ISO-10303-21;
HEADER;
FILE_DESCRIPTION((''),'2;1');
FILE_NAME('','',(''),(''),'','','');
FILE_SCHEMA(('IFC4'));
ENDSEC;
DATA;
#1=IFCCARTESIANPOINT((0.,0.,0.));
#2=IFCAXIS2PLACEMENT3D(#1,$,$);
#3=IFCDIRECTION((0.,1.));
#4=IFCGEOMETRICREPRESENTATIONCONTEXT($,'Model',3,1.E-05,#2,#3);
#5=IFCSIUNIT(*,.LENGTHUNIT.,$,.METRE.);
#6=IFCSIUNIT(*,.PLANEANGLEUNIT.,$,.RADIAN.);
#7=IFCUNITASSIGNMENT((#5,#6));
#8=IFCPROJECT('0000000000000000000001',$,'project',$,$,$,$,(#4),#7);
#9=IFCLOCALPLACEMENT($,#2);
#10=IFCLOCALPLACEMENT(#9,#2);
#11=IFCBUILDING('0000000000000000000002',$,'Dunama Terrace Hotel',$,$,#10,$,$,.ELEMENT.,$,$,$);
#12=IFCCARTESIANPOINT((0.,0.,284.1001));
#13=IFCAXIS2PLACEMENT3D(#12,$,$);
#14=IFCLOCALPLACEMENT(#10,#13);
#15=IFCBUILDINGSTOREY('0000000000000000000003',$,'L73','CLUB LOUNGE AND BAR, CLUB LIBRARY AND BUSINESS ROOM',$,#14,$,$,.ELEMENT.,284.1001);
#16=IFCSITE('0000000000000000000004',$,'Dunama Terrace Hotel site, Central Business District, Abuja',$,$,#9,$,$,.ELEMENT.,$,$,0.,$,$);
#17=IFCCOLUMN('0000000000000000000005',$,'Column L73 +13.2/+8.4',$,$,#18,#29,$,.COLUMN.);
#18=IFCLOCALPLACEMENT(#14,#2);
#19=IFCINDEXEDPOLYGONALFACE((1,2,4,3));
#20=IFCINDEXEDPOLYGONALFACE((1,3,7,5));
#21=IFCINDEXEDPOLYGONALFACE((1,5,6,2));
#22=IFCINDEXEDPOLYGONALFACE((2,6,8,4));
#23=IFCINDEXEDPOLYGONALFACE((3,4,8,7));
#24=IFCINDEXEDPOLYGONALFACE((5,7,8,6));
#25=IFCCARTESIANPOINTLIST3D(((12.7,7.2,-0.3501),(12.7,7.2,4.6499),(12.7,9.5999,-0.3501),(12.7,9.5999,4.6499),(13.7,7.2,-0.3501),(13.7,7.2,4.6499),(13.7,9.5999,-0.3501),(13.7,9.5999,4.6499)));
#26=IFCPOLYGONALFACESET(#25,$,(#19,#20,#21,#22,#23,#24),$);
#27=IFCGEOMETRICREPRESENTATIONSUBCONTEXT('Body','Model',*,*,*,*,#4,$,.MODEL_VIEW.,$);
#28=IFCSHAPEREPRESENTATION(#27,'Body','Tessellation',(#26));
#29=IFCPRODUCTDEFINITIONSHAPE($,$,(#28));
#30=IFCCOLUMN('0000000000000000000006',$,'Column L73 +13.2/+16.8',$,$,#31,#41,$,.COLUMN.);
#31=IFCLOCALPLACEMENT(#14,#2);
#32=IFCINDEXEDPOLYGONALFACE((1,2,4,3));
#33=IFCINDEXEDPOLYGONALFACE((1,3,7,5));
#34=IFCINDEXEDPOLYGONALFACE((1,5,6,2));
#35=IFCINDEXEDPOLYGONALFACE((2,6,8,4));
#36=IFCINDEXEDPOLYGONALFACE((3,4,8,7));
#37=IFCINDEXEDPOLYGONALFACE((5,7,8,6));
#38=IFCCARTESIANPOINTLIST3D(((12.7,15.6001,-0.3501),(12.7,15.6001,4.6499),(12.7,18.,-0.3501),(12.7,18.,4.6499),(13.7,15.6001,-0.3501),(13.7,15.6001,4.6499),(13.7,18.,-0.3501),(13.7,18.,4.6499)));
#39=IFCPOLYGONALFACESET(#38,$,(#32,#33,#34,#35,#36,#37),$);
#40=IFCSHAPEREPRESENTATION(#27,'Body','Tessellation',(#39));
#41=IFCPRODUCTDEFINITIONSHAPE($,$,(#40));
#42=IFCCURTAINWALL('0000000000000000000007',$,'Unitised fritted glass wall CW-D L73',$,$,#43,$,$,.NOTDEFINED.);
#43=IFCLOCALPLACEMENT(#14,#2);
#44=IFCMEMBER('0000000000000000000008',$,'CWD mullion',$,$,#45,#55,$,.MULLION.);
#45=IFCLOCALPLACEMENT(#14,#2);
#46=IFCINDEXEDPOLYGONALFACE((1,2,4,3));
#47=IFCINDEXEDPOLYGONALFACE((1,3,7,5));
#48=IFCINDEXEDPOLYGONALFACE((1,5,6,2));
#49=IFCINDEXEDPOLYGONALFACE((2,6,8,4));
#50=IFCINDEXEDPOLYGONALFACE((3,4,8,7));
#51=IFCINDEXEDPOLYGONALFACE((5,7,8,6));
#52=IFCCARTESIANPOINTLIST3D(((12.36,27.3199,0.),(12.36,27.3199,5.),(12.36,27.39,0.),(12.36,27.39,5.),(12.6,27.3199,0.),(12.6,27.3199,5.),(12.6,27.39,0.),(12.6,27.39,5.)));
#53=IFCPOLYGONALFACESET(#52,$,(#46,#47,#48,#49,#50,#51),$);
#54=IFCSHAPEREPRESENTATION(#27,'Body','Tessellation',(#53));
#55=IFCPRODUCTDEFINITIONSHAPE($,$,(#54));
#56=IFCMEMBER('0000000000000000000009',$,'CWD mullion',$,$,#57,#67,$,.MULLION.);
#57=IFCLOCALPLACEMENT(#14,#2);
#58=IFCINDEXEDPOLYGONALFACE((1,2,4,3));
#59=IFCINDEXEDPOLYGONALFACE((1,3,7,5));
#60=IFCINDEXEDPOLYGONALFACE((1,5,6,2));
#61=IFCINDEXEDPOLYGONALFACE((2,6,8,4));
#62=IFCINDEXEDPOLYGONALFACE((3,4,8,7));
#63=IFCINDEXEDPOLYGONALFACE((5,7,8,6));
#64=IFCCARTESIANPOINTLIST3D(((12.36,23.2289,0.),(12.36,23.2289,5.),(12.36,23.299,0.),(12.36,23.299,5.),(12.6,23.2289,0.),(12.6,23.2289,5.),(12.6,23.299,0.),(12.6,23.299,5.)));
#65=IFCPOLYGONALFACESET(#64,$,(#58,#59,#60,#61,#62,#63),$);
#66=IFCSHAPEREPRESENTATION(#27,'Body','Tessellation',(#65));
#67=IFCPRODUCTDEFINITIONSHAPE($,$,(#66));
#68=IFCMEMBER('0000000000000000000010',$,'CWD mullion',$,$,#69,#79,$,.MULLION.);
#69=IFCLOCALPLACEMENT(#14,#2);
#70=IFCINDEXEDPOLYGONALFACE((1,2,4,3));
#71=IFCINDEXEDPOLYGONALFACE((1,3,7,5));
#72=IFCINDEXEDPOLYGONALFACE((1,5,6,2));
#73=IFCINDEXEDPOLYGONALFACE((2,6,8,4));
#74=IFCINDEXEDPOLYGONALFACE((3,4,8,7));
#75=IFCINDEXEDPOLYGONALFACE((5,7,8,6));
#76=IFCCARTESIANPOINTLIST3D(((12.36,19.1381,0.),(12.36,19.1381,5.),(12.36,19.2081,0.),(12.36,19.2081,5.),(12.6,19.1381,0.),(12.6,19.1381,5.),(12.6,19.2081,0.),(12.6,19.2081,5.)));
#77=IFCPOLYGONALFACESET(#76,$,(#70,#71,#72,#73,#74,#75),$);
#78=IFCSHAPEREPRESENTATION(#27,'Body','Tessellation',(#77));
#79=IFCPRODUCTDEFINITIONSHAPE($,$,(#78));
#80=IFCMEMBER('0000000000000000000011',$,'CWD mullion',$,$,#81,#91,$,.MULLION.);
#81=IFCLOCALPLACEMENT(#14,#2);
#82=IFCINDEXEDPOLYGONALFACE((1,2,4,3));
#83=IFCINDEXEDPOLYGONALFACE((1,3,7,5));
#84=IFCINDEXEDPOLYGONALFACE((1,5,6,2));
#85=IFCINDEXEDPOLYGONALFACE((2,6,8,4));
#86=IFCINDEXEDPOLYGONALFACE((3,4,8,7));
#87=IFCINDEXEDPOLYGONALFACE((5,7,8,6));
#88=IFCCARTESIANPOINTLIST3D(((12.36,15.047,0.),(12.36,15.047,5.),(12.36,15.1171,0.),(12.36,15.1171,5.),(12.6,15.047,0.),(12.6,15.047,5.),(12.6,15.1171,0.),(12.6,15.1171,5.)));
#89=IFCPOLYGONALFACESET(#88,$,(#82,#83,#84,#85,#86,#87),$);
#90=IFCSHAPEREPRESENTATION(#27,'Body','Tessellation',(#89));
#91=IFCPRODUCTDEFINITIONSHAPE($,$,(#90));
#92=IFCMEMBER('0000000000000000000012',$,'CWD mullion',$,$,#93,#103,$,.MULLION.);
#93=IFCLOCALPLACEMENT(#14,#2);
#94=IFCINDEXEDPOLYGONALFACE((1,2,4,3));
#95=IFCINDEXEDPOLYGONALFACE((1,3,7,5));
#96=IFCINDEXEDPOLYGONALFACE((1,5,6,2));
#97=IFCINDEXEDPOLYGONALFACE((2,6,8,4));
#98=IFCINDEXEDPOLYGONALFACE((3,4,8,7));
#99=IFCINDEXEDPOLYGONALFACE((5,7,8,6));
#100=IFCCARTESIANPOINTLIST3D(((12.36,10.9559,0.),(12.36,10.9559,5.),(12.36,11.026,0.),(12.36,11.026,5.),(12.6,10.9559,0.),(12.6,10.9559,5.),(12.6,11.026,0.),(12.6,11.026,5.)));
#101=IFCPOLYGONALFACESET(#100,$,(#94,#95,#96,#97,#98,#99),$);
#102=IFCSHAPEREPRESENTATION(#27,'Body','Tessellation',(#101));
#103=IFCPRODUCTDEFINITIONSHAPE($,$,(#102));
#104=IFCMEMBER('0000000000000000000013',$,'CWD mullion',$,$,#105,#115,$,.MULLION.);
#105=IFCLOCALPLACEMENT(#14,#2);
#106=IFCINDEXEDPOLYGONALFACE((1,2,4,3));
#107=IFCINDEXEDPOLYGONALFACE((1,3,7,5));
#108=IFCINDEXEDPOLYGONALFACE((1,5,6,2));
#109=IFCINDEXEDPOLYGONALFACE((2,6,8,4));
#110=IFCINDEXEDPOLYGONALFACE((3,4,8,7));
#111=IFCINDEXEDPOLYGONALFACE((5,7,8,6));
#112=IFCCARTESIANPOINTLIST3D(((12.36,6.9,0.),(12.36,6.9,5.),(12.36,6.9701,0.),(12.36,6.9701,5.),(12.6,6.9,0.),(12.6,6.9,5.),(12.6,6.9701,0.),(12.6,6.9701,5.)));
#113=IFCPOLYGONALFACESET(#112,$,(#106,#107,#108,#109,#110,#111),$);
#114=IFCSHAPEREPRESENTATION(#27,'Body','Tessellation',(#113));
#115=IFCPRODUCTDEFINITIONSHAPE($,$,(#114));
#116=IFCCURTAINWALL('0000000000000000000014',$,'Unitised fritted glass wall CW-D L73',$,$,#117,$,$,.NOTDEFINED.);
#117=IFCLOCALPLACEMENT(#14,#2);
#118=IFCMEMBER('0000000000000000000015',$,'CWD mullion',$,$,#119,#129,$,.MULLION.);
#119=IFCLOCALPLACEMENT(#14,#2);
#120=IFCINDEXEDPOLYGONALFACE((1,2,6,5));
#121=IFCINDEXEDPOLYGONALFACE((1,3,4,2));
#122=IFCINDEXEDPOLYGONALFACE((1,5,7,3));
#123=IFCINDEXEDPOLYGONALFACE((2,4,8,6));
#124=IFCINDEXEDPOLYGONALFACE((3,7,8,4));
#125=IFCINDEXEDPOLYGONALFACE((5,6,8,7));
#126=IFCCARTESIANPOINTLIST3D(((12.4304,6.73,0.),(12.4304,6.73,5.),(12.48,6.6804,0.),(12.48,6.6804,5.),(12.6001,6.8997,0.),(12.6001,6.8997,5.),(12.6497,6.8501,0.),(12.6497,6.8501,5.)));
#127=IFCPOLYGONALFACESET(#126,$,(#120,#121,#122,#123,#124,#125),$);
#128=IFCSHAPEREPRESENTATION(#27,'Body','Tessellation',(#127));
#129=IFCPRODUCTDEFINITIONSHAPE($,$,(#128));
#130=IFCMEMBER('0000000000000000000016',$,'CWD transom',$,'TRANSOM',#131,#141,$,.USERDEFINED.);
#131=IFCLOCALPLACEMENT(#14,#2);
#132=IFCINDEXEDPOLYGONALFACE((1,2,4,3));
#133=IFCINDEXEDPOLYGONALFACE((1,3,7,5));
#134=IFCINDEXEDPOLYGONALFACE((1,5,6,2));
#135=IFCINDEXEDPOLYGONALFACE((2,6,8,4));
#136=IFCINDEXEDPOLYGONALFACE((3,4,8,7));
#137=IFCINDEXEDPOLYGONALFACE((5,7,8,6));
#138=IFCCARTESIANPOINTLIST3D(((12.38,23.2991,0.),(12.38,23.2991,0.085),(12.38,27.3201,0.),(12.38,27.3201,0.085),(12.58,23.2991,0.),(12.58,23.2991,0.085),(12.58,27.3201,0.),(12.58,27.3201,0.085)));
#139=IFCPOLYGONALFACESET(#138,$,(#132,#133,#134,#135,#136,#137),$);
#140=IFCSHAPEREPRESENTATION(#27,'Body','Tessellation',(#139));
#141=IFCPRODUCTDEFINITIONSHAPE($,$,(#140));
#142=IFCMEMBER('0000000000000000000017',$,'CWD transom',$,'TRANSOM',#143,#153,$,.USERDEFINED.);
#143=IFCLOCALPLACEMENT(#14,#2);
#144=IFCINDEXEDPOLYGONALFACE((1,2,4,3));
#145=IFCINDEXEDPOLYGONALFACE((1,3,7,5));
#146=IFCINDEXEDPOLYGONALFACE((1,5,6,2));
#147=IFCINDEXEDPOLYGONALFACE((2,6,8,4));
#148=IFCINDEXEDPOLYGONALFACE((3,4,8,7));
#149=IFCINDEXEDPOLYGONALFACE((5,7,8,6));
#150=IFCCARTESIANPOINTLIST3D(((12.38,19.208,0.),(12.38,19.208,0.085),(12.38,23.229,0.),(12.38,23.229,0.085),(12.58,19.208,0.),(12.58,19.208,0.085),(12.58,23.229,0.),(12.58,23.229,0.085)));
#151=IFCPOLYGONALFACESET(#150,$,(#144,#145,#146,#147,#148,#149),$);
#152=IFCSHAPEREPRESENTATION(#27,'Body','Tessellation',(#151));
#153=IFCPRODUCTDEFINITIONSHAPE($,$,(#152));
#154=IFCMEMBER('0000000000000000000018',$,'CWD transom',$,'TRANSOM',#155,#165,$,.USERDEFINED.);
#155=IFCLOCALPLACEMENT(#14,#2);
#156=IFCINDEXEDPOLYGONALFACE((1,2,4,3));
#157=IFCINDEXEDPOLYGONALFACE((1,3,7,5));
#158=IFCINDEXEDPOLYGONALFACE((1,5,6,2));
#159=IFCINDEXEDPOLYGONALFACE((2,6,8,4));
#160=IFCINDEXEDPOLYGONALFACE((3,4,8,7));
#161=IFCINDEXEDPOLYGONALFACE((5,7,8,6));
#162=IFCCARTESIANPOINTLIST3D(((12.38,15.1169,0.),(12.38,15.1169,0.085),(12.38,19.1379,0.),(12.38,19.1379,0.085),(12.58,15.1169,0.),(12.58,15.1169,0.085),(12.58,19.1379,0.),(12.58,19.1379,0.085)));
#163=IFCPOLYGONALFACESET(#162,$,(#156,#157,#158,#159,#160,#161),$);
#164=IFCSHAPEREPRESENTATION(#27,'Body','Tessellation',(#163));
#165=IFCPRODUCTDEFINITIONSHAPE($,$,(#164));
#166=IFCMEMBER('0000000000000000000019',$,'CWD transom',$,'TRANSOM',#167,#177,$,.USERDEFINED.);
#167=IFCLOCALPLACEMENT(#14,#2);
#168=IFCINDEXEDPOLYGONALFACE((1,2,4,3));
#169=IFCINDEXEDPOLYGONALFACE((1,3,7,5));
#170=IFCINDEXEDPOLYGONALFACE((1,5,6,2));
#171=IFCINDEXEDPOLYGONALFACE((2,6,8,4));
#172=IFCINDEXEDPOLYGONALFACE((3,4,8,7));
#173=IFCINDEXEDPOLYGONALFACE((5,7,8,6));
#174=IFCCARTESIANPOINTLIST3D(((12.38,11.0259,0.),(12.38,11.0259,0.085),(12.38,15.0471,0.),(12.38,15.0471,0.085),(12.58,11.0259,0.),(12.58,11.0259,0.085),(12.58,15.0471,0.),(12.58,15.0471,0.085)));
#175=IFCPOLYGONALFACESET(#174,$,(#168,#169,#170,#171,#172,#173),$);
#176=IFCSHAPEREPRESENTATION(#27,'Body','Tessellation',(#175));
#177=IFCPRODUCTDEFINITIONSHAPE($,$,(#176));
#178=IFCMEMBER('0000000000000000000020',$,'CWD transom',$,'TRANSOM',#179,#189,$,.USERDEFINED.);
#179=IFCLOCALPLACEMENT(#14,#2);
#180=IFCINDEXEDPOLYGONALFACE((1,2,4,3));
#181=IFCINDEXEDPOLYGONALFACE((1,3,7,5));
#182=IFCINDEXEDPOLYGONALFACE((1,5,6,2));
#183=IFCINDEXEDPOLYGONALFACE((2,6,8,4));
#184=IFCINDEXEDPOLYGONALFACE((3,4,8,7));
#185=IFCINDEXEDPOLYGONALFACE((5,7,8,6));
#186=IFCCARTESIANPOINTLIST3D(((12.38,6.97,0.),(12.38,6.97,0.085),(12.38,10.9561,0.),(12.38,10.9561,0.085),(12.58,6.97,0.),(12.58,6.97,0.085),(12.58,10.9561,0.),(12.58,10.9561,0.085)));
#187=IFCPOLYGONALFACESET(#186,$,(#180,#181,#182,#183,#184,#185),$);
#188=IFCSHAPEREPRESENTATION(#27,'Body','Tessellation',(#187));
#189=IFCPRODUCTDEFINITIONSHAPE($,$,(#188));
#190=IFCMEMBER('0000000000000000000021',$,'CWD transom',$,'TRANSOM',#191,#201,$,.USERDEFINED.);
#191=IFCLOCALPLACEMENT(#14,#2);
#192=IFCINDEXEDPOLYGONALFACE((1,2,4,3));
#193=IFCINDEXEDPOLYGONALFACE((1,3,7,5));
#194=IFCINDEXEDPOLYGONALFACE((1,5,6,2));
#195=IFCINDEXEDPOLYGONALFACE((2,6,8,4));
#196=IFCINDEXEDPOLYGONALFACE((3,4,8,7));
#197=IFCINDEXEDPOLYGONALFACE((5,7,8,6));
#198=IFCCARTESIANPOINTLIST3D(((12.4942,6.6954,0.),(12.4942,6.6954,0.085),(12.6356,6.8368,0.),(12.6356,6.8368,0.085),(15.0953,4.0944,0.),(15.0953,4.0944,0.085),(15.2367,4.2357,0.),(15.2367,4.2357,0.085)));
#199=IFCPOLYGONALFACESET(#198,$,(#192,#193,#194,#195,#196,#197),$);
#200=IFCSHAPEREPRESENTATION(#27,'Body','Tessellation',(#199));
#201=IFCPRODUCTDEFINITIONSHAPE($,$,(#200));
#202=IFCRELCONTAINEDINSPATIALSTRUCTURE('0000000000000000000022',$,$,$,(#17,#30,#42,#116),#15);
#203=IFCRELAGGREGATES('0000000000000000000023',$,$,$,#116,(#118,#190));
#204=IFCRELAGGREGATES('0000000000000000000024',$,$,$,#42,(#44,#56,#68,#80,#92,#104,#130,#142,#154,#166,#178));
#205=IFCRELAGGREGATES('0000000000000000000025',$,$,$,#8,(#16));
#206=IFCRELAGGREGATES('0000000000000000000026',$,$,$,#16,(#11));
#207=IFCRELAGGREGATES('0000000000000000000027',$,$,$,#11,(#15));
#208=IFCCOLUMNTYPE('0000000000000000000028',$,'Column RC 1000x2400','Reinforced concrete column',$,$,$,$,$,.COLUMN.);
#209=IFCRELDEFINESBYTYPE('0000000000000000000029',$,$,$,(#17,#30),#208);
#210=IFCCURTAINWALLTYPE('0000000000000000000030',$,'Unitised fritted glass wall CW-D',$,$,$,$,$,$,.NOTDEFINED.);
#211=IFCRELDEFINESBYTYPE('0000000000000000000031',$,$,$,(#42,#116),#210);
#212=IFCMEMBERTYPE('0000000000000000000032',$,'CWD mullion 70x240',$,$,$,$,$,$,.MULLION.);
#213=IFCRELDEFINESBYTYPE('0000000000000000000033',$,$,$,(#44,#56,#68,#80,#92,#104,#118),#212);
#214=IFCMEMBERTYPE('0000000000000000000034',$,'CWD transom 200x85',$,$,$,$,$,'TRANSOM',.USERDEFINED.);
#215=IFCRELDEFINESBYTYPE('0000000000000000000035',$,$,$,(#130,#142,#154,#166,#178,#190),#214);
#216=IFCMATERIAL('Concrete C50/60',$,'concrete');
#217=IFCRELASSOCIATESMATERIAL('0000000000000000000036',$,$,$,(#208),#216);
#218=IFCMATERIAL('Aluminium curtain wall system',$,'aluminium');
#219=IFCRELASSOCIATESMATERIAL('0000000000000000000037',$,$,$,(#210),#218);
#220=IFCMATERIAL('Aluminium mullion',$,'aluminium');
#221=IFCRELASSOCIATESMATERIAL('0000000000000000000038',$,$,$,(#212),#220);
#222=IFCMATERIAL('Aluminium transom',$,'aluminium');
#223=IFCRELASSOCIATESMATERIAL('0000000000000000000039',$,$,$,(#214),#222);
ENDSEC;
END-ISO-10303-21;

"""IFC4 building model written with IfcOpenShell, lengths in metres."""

from ifc_helpers import new_model, si_unit, direction, frame, origin, origin_2d, place, context, subcontext, project, spatial, rectangle, extrude, material, material_profile, profile_set, type_object, element, aggregate, save


model = new_model("IFC4")

# Units and contexts
model_context = context("Model", 3, precision=1e-05, world=origin(), true_north=direction((0.0, 1.0)))
body_context = subcontext(model_context, "Body", "Model", "MODEL_VIEW")
ifc_project = project(units=[si_unit("LENGTHUNIT", "METRE"), si_unit("PLANEANGLEUNIT", "RADIAN")], contexts=[model_context])

# Site, building, storey
site_placement = place(None, origin())
site = spatial("IfcSite", under=ifc_project, at=site_placement, Name="Dunama Terrace Hotel site, Central Business District, Abuja", CompositionType="ELEMENT", RefElevation=0.0)
building_placement = place(site_placement, origin())
building = spatial("IfcBuilding", under=site, at=building_placement, Name="Dunama Terrace Hotel", CompositionType="ELEMENT")
storey_placement = place(building_placement, frame((0.0, 0.0, 284.1001)))
storey = spatial("IfcBuildingStorey", under=building, at=storey_placement, Name="L73", Description="CLUB LOUNGE AND BAR, CLUB LIBRARY AND BUSINESS ROOM", CompositionType="ELEMENT", Elevation=284.1001)

# Columns
ifc_material_1 = material(Name="Concrete C50/60", Category="concrete")
ifc_material_profile_1 = material_profile(ifc_material_1, rectangle(XDim=1.0, YDim=2.3999, at=origin_2d()), Name="RC 1000x2400")
ifc_profile_set_1 = profile_set([ifc_material_profile_1], Name="Concrete C50/60")
column_type = type_object("IfcColumnType", Name="Column RC 1000x2400", Description="Reinforced concrete column", PredefinedType="COLUMN", material=ifc_profile_set_1)
for number, where, z_axis, x_axis, name in (
    (1, (13.2, 8.3999, -0.3501), (0.0, 0.0, 1.0), (1.0, 0.0, 0.0), "Column L73 +13.2/+8.4"),
    (2, (13.2, 16.8, -0.3501), (0.0, 0.0, 1.0), (1.0, 0.0, 0.0), "Column L73 +13.2/+16.8"),
):
    element("IfcColumn", number, at=place(storey_placement, frame(where, z_axis=z_axis, x_axis=x_axis)), inside=storey, type_object=column_type, Name=name, PredefinedType="COLUMN", context=body_context, shape_type="SweptSolid", body=[
        extrude(rectangle(XDim=1.0, YDim=2.3999, at=origin_2d()), origin(), (0.0, 0.0, 1.0), 5.0),
    ])

# Curtain wall, members
ifc_material_2 = material(Name="Aluminium curtain wall system", Category="aluminium")
curtain_wall_type = type_object("IfcCurtainWallType", Name="Unitised fritted glass wall CW-D", PredefinedType="NOTDEFINED", material=ifc_material_2)
curtain_wall_1_placement = place(storey_placement, origin())
curtain_wall_1 = element("IfcCurtainWall", 3, at=curtain_wall_1_placement, inside=storey, type_object=curtain_wall_type, Name="Unitised fritted glass wall CW-D L73", PredefinedType="NOTDEFINED")
ifc_material_3 = material(Name="Aluminium mullion", Category="aluminium")
ifc_material_profile_2 = material_profile(ifc_material_3, rectangle(XDim=0.0701, YDim=0.24, at=origin_2d()), Name="CWD MULLION 70X240")
ifc_profile_set_2 = profile_set([ifc_material_profile_2], Name="Aluminium mullion")
member_type_1 = type_object("IfcMemberType", Name="CWD mullion 70x240", PredefinedType="MULLION", material=ifc_profile_set_2)
member_1_placement = place(storey_placement, frame((12.48, 27.355, 0.0), z_axis=(0.0, 0.0, 1.0), x_axis=(0.0, -1.0, 0.0)))
member_1 = element("IfcMember", 4, at=member_1_placement, type_object=member_type_1, Name="CWD mullion", PredefinedType="MULLION", context=body_context, shape_type="SweptSolid", body=[
    extrude(rectangle(XDim=0.0701, YDim=0.24, at=origin_2d()), origin(), (0.0, 0.0, 1.0), 5.0),
])
member_2_placement = place(storey_placement, frame((12.48, 23.2639, 0.0), z_axis=(0.0, 0.0, 1.0), x_axis=(0.0, -1.0, 0.0)))
member_2 = element("IfcMember", 5, at=member_2_placement, type_object=member_type_1, Name="CWD mullion", PredefinedType="MULLION", context=body_context, shape_type="SweptSolid", body=[
    extrude(rectangle(XDim=0.0701, YDim=0.24, at=origin_2d()), origin(), (0.0, 0.0, 1.0), 5.0),
])
member_3_placement = place(storey_placement, frame((12.48, 19.1731, 0.0), z_axis=(0.0, 0.0, 1.0), x_axis=(0.0, -1.0, 0.0)))
member_3 = element("IfcMember", 6, at=member_3_placement, type_object=member_type_1, Name="CWD mullion", PredefinedType="MULLION", context=body_context, shape_type="SweptSolid", body=[
    extrude(rectangle(XDim=0.0701, YDim=0.24, at=origin_2d()), origin(), (0.0, 0.0, 1.0), 5.0),
])
member_4_placement = place(storey_placement, frame((12.48, 15.082, 0.0), z_axis=(0.0, 0.0, 1.0), x_axis=(0.0, -1.0, 0.0)))
member_4 = element("IfcMember", 7, at=member_4_placement, type_object=member_type_1, Name="CWD mullion", PredefinedType="MULLION", context=body_context, shape_type="SweptSolid", body=[
    extrude(rectangle(XDim=0.0701, YDim=0.24, at=origin_2d()), origin(), (0.0, 0.0, 1.0), 5.0),
])
member_5_placement = place(storey_placement, frame((12.48, 10.991, 0.0), z_axis=(0.0, 0.0, 1.0), x_axis=(0.0, -1.0, 0.0)))
member_5 = element("IfcMember", 8, at=member_5_placement, type_object=member_type_1, Name="CWD mullion", PredefinedType="MULLION", context=body_context, shape_type="SweptSolid", body=[
    extrude(rectangle(XDim=0.0701, YDim=0.24, at=origin_2d()), origin(), (0.0, 0.0, 1.0), 5.0),
])
member_6_placement = place(storey_placement, frame((12.48, 6.9351, 0.0), z_axis=(0.0, 0.0, 1.0), x_axis=(0.0, -1.0, 0.0)))
member_6 = element("IfcMember", 9, at=member_6_placement, type_object=member_type_1, Name="CWD mullion", PredefinedType="MULLION", context=body_context, shape_type="SweptSolid", body=[
    extrude(rectangle(XDim=0.0701, YDim=0.24, at=origin_2d()), origin(), (0.0, 0.0, 1.0), 5.0),
])

# Curtain wall, member
curtain_wall_2_placement = place(storey_placement, origin())
curtain_wall_2 = element("IfcCurtainWall", 10, at=curtain_wall_2_placement, inside=storey, type_object=curtain_wall_type, Name="Unitised fritted glass wall CW-D L73", PredefinedType="NOTDEFINED")
member_7_placement = place(storey_placement, frame((12.54, 6.79, 0.0), z_axis=(0.0, 0.0, 1.0), x_axis=(0.707107, -0.707107, 0.0)))
member_7 = element("IfcMember", 11, at=member_7_placement, type_object=member_type_1, Name="CWD mullion", PredefinedType="MULLION", context=body_context, shape_type="SweptSolid", body=[
    extrude(rectangle(XDim=0.0701, YDim=0.24, at=origin_2d()), origin(), (0.0, 0.0, 1.0), 5.0),
])

# Members
ifc_material_4 = material(Name="Aluminium transom", Category="aluminium")
ifc_material_profile_3 = material_profile(ifc_material_4, rectangle(XDim=0.2, YDim=0.085, at=origin_2d()), Name="CWD TRANSOM 200X85")
ifc_profile_set_3 = profile_set([ifc_material_profile_3], Name="Aluminium transom")
member_type_2 = type_object("IfcMemberType", Name="CWD transom 200x85", ElementType="TRANSOM", PredefinedType="USERDEFINED", material=ifc_profile_set_3)
member_8_placement = place(storey_placement, frame((12.48, 27.3201, 0.0425), z_axis=(0.0, -1.0, 0.0), x_axis=(1.0, 0.0, 0.0)))
member_8 = element("IfcMember", 12, at=member_8_placement, type_object=member_type_2, Name="CWD transom", ObjectType="TRANSOM", PredefinedType="USERDEFINED", context=body_context, shape_type="SweptSolid", body=[
    extrude(rectangle(XDim=0.2, YDim=0.085, at=origin_2d()), origin(), (0.0, 0.0, 1.0), 4.021),
])
member_9_placement = place(storey_placement, frame((12.48, 23.229, 0.0425), z_axis=(0.0, -1.0, 0.0), x_axis=(1.0, 0.0, 0.0)))
member_9 = element("IfcMember", 13, at=member_9_placement, type_object=member_type_2, Name="CWD transom", ObjectType="TRANSOM", PredefinedType="USERDEFINED", context=body_context, shape_type="SweptSolid", body=[
    extrude(rectangle(XDim=0.2, YDim=0.085, at=origin_2d()), origin(), (0.0, 0.0, 1.0), 4.021),
])
member_10_placement = place(storey_placement, frame((12.48, 19.1379, 0.0425), z_axis=(0.0, -1.0, 0.0), x_axis=(1.0, 0.0, 0.0)))
member_10 = element("IfcMember", 14, at=member_10_placement, type_object=member_type_2, Name="CWD transom", ObjectType="TRANSOM", PredefinedType="USERDEFINED", context=body_context, shape_type="SweptSolid", body=[
    extrude(rectangle(XDim=0.2, YDim=0.085, at=origin_2d()), origin(), (0.0, 0.0, 1.0), 4.021),
])
member_11_placement = place(storey_placement, frame((12.48, 15.0471, 0.0425), z_axis=(0.0, -1.0, 0.0), x_axis=(1.0, 0.0, 0.0)))
member_11 = element("IfcMember", 15, at=member_11_placement, type_object=member_type_2, Name="CWD transom", ObjectType="TRANSOM", PredefinedType="USERDEFINED", context=body_context, shape_type="SweptSolid", body=[
    extrude(rectangle(XDim=0.2, YDim=0.085, at=origin_2d()), origin(), (0.0, 0.0, 1.0), 4.0212),
])
member_12_placement = place(storey_placement, frame((12.48, 10.9561, 0.0425), z_axis=(0.0, -1.0, 0.0), x_axis=(1.0, 0.0, 0.0)))
member_12 = element("IfcMember", 16, at=member_12_placement, type_object=member_type_2, Name="CWD transom", ObjectType="TRANSOM", PredefinedType="USERDEFINED", context=body_context, shape_type="SweptSolid", body=[
    extrude(rectangle(XDim=0.2, YDim=0.085, at=origin_2d()), origin(), (0.0, 0.0, 1.0), 3.9861),
])
member_13_placement = place(storey_placement, frame((12.5649, 6.7661, 0.0425), z_axis=(0.707107, -0.707107, 0.0), x_axis=(0.707107, 0.707107, 0.0)))
member_13 = element("IfcMember", 17, at=member_13_placement, type_object=member_type_2, Name="CWD transom", ObjectType="TRANSOM", PredefinedType="USERDEFINED", context=body_context, shape_type="SweptSolid", body=[
    extrude(rectangle(XDim=0.2, YDim=0.085, at=origin_2d()), origin(), (0.0, 0.0, 1.0), 3.6785),
])
aggregate(curtain_wall_2, [member_7, member_13])

aggregate(curtain_wall_1, [member_1, member_2, member_3, member_4, member_5, member_6, member_8, member_9, member_10, member_11, member_12])

save(model, "model.ifc")
